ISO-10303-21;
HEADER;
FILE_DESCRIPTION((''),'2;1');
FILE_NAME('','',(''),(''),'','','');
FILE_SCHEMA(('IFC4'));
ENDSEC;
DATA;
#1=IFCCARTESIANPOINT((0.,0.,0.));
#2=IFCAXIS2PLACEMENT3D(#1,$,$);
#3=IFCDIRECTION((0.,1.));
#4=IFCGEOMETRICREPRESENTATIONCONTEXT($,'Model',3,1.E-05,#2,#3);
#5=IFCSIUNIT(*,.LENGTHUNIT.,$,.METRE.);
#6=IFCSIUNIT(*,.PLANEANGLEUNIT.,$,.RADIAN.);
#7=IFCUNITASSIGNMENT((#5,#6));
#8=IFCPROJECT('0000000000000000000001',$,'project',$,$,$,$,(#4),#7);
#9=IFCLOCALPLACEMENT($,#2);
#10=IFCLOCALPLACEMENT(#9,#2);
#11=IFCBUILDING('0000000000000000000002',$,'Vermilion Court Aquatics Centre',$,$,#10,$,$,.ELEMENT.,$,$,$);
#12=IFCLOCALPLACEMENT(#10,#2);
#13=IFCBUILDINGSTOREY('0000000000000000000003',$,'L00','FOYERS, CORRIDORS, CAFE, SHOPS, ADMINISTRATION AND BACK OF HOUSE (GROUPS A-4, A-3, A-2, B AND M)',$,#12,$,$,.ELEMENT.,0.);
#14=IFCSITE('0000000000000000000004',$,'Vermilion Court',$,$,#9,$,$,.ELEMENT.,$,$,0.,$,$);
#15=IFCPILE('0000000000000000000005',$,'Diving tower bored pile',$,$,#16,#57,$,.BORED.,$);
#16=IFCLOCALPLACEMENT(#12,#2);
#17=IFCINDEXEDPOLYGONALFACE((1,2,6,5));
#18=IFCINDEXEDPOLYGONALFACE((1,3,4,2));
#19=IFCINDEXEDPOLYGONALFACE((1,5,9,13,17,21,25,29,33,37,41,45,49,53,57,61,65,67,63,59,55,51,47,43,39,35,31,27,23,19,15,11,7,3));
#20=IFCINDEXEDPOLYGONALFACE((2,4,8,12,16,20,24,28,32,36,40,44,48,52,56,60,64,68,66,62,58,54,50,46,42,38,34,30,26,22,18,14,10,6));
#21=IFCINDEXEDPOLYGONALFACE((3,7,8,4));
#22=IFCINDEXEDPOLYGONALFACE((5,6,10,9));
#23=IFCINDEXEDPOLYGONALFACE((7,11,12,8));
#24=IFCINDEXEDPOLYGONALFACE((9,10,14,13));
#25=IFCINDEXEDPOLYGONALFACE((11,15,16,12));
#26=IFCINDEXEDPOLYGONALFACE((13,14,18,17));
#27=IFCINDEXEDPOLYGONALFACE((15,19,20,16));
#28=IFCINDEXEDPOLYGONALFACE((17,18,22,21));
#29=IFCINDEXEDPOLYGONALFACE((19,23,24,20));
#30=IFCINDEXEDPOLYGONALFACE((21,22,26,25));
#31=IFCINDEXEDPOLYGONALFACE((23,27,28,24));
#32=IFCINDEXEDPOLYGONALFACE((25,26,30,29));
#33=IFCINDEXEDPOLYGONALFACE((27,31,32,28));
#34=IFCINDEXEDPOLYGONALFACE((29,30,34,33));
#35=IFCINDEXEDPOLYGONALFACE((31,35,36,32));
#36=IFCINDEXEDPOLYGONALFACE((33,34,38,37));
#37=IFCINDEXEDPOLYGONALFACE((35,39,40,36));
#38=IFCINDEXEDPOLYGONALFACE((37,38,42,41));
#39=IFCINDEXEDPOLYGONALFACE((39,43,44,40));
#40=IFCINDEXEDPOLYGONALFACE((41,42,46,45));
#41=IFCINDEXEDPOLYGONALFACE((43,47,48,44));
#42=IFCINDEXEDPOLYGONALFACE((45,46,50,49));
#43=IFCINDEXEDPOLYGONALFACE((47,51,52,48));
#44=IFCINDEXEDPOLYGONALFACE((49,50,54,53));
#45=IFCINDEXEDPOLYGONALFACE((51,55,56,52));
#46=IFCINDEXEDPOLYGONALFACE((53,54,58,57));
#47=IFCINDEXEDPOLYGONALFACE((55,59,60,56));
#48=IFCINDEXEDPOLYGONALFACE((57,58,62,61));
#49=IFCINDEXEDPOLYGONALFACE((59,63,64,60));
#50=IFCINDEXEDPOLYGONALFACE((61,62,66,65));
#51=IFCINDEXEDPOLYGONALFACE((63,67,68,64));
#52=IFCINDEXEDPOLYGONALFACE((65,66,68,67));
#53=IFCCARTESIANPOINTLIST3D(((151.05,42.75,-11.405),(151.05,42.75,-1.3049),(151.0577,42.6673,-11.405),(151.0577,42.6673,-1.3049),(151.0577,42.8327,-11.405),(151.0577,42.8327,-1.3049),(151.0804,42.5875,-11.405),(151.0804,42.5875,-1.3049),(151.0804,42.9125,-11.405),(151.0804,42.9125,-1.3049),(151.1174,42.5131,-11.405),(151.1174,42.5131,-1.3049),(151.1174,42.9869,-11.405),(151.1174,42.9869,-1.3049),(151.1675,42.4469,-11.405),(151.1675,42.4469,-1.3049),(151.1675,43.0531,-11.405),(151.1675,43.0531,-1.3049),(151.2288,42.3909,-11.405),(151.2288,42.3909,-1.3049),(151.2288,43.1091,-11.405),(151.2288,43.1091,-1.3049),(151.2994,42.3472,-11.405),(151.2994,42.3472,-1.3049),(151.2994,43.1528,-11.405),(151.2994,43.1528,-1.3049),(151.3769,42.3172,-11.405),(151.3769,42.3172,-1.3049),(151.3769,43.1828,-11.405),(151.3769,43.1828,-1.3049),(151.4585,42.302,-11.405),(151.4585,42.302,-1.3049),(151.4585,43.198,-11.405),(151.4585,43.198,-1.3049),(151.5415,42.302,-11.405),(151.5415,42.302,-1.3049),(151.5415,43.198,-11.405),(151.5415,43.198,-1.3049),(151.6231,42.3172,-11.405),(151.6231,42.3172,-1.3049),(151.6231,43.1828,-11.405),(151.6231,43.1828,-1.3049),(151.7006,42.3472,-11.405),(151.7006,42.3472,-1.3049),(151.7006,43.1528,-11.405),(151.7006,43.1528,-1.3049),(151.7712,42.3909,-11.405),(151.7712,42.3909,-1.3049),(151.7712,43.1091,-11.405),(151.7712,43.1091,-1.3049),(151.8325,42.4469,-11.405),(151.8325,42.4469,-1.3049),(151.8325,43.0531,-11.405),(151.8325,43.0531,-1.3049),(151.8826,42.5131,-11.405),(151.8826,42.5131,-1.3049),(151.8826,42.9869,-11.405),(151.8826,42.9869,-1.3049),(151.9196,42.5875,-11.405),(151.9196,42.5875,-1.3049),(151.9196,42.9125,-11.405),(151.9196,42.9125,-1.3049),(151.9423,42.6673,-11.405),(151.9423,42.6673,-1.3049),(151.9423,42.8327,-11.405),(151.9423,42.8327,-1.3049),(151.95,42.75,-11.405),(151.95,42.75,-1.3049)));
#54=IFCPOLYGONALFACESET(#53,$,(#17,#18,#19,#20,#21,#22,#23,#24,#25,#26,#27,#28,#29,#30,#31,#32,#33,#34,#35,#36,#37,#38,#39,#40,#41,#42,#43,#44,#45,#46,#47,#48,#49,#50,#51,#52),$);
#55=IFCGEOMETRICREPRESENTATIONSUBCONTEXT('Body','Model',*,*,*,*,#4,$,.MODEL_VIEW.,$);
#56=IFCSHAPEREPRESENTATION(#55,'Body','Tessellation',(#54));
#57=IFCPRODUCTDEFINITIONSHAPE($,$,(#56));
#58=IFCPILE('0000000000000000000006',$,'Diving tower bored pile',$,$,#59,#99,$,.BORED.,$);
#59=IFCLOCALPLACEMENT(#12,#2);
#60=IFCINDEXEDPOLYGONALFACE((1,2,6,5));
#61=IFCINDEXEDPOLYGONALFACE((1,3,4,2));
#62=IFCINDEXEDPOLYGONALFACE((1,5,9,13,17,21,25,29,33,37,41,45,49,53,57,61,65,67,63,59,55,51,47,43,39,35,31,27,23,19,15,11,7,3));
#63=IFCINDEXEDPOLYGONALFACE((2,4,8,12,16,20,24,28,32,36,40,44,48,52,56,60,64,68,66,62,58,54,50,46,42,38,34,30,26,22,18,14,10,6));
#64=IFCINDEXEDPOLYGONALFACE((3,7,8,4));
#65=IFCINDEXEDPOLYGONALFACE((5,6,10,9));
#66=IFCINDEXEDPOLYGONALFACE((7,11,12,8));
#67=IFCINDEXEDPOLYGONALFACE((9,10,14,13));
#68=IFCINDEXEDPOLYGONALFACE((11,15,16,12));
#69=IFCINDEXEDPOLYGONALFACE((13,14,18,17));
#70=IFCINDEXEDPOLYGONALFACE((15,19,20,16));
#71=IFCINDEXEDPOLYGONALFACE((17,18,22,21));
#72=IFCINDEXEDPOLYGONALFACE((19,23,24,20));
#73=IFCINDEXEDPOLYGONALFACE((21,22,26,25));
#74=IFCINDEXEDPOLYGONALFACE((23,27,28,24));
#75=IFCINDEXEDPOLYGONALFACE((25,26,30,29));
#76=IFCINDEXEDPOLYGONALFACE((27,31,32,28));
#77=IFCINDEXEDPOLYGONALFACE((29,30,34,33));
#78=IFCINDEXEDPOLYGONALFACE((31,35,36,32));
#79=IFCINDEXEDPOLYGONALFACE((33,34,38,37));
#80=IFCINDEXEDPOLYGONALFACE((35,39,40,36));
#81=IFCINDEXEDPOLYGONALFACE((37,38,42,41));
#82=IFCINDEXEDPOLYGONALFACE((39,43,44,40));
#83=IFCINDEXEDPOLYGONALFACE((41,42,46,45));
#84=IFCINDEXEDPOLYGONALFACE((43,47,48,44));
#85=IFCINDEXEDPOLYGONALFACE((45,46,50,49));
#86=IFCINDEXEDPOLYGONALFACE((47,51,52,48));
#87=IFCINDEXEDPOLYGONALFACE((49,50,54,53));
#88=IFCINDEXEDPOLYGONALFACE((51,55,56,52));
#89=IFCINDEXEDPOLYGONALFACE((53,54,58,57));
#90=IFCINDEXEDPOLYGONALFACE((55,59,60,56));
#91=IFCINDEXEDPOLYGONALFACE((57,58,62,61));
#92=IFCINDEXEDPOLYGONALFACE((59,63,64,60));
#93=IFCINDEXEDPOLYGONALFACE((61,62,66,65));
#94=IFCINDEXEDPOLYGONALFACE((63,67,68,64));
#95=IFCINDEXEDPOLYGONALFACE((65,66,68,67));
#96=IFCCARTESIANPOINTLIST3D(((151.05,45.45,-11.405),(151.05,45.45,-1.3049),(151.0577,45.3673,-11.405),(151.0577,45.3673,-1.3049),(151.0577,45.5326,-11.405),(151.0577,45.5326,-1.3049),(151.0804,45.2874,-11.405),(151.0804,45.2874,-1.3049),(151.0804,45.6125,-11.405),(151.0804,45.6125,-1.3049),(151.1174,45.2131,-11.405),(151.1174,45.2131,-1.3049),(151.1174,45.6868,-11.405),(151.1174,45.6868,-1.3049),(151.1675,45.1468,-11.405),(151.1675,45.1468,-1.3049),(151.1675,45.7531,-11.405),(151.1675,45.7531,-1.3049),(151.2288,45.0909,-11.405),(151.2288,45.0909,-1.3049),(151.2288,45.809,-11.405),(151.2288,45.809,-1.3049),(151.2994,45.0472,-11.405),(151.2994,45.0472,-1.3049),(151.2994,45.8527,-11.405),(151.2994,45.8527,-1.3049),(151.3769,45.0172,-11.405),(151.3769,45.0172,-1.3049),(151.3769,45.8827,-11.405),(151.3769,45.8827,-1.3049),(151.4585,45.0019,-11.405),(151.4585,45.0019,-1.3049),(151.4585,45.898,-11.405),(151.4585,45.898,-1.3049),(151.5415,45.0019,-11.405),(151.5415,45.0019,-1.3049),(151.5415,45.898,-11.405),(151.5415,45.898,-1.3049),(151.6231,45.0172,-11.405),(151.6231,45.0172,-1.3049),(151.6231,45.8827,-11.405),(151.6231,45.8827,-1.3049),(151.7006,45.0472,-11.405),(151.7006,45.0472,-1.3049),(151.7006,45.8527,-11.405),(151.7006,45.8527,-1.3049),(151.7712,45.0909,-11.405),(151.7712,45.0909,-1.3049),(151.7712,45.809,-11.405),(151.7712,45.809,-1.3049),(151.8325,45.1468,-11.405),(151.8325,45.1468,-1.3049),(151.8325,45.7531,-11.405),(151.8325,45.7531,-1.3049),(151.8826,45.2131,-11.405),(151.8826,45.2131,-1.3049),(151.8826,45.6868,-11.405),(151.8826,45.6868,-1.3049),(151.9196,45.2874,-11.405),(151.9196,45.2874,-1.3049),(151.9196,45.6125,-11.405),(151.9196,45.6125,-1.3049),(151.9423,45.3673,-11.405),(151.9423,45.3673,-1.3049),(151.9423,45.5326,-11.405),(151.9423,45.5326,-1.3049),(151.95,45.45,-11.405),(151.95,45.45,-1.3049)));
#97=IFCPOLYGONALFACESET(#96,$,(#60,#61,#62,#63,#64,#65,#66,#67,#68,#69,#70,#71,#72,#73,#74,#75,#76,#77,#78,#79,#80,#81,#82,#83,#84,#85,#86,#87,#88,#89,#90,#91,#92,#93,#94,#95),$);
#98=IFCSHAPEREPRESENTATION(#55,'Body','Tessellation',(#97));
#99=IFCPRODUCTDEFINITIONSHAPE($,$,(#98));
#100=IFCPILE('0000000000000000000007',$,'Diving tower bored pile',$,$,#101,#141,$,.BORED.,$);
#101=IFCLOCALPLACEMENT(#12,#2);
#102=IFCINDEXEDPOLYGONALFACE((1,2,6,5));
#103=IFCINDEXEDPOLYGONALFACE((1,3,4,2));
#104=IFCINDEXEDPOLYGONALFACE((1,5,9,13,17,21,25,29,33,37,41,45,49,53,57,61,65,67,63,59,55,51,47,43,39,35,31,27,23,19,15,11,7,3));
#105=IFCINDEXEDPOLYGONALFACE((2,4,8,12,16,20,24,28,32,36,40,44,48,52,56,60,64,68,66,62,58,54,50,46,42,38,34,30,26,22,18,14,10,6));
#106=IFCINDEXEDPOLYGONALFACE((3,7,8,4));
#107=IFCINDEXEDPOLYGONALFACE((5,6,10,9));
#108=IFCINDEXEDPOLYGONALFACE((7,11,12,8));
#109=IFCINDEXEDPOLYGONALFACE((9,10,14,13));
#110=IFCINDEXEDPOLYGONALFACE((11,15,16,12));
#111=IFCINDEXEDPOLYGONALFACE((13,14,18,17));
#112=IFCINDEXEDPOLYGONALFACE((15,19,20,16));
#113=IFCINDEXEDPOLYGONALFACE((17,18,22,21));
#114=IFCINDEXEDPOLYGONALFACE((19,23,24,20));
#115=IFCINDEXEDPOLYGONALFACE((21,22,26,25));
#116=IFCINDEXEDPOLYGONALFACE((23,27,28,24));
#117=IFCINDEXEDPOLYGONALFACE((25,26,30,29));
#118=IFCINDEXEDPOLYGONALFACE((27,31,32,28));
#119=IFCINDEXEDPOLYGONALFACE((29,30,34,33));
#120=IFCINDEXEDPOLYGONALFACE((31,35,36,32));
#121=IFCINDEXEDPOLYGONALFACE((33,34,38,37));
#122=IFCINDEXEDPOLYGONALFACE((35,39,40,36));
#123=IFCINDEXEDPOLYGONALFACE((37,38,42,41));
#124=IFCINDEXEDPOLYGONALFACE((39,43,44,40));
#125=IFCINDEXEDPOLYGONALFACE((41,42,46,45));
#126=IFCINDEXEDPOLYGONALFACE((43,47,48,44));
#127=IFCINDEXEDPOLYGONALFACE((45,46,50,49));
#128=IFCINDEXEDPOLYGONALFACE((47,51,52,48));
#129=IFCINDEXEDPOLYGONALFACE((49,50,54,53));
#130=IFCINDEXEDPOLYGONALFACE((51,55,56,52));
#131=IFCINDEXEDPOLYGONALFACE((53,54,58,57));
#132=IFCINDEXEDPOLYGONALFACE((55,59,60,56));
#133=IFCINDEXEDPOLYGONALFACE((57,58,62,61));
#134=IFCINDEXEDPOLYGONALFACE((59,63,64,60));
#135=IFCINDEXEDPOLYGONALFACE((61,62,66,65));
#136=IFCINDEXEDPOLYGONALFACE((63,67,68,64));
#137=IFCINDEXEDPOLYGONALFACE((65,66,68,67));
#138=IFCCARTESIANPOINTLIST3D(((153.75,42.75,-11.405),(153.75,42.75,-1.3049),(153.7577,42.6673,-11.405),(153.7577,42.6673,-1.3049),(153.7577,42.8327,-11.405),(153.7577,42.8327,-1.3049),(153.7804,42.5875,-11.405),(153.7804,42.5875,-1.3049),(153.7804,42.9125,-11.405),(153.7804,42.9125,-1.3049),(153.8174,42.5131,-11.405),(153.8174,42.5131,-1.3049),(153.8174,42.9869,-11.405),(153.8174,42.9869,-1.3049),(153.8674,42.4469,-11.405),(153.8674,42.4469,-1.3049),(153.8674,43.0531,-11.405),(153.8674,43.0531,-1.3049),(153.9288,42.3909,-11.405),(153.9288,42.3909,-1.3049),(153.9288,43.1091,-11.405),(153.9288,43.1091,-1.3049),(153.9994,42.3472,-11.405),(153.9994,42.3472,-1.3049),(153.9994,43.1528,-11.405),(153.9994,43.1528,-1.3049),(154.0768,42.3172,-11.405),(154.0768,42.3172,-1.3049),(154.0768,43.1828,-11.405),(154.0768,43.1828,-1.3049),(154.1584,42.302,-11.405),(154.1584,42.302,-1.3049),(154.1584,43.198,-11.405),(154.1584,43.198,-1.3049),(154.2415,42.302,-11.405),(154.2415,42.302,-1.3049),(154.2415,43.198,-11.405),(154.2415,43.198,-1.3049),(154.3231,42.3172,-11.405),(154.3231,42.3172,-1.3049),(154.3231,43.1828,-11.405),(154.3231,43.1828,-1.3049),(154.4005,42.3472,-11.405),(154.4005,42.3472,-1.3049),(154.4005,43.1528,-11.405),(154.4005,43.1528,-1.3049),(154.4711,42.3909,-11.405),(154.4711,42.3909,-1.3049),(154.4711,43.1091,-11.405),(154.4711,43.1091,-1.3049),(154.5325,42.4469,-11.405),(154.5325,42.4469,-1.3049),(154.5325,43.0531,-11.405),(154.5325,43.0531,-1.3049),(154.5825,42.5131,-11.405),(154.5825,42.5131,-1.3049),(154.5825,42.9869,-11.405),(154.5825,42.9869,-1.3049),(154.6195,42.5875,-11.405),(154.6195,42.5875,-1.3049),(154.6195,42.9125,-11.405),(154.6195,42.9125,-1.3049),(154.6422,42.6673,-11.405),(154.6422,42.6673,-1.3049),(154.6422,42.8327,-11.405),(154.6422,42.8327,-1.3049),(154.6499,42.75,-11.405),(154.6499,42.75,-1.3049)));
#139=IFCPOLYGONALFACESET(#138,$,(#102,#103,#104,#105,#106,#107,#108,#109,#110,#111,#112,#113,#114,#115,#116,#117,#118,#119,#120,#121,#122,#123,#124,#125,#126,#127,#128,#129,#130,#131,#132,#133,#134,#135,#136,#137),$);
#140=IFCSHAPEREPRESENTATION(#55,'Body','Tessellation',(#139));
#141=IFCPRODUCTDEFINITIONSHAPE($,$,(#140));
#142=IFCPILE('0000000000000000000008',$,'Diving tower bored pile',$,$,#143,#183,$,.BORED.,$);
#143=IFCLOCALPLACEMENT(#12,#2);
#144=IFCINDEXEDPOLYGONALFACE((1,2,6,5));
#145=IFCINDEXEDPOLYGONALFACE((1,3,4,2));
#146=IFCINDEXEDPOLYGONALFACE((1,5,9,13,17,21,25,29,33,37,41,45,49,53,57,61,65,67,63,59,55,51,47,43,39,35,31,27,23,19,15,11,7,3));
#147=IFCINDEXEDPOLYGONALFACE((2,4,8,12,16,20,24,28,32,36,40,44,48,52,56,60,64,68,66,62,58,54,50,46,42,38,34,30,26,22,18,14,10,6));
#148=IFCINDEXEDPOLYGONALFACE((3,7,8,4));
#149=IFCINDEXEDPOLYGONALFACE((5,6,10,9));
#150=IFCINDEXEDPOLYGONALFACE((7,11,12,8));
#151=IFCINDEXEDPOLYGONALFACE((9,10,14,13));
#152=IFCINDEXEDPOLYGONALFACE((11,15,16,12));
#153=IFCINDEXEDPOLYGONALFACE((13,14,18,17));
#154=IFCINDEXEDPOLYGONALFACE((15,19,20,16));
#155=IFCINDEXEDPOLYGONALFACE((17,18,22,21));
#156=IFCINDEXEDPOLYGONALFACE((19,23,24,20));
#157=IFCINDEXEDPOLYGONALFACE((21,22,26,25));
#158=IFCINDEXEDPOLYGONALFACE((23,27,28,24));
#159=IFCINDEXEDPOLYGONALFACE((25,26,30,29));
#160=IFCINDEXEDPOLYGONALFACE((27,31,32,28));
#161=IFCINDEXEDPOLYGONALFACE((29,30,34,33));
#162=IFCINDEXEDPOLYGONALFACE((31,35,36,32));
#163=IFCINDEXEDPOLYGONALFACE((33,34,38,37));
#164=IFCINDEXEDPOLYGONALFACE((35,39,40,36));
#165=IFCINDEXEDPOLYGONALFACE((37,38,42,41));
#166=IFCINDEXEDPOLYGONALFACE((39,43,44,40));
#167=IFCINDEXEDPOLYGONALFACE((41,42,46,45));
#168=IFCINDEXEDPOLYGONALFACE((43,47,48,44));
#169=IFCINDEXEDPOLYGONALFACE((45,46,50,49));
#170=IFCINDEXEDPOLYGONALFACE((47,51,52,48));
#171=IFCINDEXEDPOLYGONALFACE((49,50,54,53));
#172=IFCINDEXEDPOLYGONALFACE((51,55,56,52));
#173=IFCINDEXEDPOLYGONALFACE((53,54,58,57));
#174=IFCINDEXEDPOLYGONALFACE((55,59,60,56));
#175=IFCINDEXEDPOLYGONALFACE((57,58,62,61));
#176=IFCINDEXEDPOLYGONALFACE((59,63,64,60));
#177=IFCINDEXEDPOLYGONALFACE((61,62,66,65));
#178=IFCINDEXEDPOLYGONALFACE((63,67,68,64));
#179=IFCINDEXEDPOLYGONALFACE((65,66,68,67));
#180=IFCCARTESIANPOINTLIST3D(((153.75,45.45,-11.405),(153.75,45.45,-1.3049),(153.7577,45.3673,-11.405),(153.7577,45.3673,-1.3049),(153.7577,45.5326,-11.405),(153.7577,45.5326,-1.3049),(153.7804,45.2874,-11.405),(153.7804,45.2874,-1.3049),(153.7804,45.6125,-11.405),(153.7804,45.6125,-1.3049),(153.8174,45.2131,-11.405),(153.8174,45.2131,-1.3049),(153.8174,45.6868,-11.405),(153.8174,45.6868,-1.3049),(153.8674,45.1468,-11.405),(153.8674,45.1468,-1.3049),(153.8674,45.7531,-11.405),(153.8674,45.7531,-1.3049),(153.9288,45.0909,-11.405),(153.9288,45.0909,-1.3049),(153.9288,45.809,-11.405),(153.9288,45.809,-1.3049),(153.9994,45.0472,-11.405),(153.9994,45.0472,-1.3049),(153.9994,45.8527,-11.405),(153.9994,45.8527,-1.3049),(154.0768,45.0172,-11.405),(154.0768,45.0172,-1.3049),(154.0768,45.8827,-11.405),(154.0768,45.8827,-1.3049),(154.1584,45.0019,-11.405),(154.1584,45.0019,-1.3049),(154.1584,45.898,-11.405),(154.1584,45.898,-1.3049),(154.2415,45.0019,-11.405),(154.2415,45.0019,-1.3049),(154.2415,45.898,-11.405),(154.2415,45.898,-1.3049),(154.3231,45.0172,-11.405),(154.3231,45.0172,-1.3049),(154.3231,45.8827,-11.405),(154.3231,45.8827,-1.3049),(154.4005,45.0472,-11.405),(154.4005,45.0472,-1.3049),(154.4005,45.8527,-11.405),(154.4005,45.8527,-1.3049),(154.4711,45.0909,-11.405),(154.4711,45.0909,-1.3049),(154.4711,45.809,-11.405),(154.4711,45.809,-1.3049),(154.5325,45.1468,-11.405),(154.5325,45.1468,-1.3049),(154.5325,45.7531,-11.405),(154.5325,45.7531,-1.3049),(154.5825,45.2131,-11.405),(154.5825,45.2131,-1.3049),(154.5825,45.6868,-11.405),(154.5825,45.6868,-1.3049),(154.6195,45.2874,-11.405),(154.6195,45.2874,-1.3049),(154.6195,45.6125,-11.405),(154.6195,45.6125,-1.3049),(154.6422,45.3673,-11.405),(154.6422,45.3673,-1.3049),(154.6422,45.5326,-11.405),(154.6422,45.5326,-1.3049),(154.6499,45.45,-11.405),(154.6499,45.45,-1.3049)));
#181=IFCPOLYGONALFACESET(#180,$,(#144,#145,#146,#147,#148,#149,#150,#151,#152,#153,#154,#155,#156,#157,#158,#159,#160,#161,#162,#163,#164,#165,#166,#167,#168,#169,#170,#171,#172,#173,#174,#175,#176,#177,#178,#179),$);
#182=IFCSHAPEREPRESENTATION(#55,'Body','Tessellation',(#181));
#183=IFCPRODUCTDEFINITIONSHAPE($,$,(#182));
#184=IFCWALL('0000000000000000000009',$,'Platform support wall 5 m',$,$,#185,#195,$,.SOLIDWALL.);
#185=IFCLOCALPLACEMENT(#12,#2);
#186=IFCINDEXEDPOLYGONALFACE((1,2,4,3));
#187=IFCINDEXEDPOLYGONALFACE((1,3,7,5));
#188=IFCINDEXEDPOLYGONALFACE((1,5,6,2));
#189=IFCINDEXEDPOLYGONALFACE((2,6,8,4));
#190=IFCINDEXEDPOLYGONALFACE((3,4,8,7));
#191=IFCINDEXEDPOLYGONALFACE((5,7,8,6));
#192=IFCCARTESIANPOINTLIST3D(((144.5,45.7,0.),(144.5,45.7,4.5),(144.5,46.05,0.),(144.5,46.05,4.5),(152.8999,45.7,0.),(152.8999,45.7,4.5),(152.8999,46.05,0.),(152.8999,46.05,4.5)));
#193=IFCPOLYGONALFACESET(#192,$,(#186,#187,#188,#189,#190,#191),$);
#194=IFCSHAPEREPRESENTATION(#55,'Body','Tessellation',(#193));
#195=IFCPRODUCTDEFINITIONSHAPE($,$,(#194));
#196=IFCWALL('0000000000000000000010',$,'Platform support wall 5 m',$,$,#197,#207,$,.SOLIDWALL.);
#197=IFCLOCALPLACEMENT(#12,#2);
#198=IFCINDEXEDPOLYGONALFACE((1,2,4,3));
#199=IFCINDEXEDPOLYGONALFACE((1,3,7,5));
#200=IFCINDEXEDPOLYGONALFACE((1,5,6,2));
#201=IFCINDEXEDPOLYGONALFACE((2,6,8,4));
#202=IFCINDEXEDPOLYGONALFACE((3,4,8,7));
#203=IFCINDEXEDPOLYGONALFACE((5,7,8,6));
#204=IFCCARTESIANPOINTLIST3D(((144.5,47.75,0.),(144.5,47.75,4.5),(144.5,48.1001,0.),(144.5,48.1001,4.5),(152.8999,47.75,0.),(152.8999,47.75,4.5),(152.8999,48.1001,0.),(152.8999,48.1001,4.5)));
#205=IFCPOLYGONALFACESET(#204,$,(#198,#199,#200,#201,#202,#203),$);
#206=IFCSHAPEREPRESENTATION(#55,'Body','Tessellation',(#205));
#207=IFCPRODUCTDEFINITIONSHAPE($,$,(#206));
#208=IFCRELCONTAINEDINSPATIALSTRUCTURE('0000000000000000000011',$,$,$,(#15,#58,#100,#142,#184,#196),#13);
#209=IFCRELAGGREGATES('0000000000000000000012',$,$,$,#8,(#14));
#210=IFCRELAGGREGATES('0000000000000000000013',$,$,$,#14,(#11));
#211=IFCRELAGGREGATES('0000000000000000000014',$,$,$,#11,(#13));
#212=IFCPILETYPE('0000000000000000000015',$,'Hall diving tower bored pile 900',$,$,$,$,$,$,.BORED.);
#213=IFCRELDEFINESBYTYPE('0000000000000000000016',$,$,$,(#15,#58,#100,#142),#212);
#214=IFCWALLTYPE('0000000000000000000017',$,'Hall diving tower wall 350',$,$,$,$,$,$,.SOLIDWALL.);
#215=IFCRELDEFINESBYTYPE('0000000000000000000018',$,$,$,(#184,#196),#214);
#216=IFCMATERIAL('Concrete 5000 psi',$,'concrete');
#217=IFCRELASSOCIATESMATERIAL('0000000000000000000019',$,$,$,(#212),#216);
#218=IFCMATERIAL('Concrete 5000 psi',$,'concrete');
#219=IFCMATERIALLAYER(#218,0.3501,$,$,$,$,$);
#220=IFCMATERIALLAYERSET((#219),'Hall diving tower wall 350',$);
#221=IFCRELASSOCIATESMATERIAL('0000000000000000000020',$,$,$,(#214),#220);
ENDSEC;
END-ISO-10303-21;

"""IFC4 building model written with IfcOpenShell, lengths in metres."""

from ifc_helpers import new_model, si_unit, direction, frame, frame_2d, origin, origin_2d, place, context, subcontext, project, spatial, rectangle, circle, extrude, material, layer, layer_set, material_profile, profile_set, type_object, element, save


model = new_model("IFC4")

# Units and contexts
model_context = context("Model", 3, precision=1e-05, world=origin(), true_north=direction((0.0, 1.0)))
body_context = subcontext(model_context, "Body", "Model", "MODEL_VIEW")
ifc_project = project(units=[si_unit("LENGTHUNIT", "METRE"), si_unit("PLANEANGLEUNIT", "RADIAN")], contexts=[model_context])

# Site, building, storey
site_placement = place(None, origin())
site = spatial("IfcSite", under=ifc_project, at=site_placement, Name="Vermilion Court", CompositionType="ELEMENT", RefElevation=0.0)
building_placement = place(site_placement, origin())
building = spatial("IfcBuilding", under=site, at=building_placement, Name="Vermilion Court Aquatics Centre", CompositionType="ELEMENT")
storey_placement = place(building_placement, origin())
storey = spatial("IfcBuildingStorey", under=building, at=storey_placement, Name="L00", Description="FOYERS, CORRIDORS, CAFE, SHOPS, ADMINISTRATION AND BACK OF HOUSE (GROUPS A-4, A-3, A-2, B AND M)", CompositionType="ELEMENT", Elevation=0.0)

# Piles
ifc_material_1 = material(Name="Concrete 5000 psi", Category="concrete")
ifc_material_profile = material_profile(ifc_material_1, circle(Radius=0.45, at=origin_2d()), Name="D900")
ifc_profile_set = profile_set([ifc_material_profile], Name="Concrete 5000 psi")
pile_type = type_object("IfcPileType", Name="Hall diving tower bored pile 900", PredefinedType="BORED", material=ifc_profile_set)
for number, where, z_axis, x_axis, name in (
    (1, (151.5, 42.75, -1.3049), (0.0, 0.0, -1.0), (1.0, 0.0, 0.0), "Diving tower bored pile"),
    (2, (151.5, 45.45, -1.3049), (0.0, 0.0, -1.0), (1.0, 0.0, 0.0), "Diving tower bored pile"),
    (3, (154.2, 42.75, -1.3049), (0.0, 0.0, -1.0), (1.0, 0.0, 0.0), "Diving tower bored pile"),
    (4, (154.2, 45.45, -1.3049), (0.0, 0.0, -1.0), (1.0, 0.0, 0.0), "Diving tower bored pile"),
):
    element("IfcPile", number, at=place(storey_placement, frame(where, z_axis=z_axis, x_axis=x_axis)), inside=storey, type_object=pile_type, Name=name, PredefinedType="BORED", context=body_context, shape_type="SweptSolid", body=[
        extrude(circle(Radius=0.45, at=origin_2d()), origin(), (0.0, 0.0, 1.0), 10.1001),
    ])

# Walls
ifc_material_2 = material(Name="Concrete 5000 psi", Category="concrete")
ifc_layer_1 = layer(ifc_material_2, 0.3501)
ifc_layer_set_1 = layer_set([ifc_layer_1], Name="Hall diving tower wall 350")
wall_type_1 = type_object("IfcWallType", Name="Hall diving tower wall 350", PredefinedType="SOLIDWALL", material=ifc_layer_set_1)
for number, where, z_axis, x_axis, name in (
    (5, (144.5, 45.875, 0.0), (0.0, 0.0, 1.0), (1.0, 0.0, 0.0), "Platform support wall 5 m"),
    (6, (144.5, 47.925, 0.0), (0.0, 0.0, 1.0), (1.0, 0.0, 0.0), "Platform support wall 5 m"),
):
    element("IfcWall", number, at=place(storey_placement, frame(where, z_axis=z_axis, x_axis=x_axis)), inside=storey, type_object=wall_type_1, Name=name, PredefinedType="SOLIDWALL", context=body_context, shape_type="SweptSolid", body=[
        extrude(rectangle(XDim=8.3999, YDim=0.3501, at=frame_2d((4.2, 0.0))), origin(), (0.0, 0.0, 1.0), 4.5),
    ])

save(model, "model.ifc")
